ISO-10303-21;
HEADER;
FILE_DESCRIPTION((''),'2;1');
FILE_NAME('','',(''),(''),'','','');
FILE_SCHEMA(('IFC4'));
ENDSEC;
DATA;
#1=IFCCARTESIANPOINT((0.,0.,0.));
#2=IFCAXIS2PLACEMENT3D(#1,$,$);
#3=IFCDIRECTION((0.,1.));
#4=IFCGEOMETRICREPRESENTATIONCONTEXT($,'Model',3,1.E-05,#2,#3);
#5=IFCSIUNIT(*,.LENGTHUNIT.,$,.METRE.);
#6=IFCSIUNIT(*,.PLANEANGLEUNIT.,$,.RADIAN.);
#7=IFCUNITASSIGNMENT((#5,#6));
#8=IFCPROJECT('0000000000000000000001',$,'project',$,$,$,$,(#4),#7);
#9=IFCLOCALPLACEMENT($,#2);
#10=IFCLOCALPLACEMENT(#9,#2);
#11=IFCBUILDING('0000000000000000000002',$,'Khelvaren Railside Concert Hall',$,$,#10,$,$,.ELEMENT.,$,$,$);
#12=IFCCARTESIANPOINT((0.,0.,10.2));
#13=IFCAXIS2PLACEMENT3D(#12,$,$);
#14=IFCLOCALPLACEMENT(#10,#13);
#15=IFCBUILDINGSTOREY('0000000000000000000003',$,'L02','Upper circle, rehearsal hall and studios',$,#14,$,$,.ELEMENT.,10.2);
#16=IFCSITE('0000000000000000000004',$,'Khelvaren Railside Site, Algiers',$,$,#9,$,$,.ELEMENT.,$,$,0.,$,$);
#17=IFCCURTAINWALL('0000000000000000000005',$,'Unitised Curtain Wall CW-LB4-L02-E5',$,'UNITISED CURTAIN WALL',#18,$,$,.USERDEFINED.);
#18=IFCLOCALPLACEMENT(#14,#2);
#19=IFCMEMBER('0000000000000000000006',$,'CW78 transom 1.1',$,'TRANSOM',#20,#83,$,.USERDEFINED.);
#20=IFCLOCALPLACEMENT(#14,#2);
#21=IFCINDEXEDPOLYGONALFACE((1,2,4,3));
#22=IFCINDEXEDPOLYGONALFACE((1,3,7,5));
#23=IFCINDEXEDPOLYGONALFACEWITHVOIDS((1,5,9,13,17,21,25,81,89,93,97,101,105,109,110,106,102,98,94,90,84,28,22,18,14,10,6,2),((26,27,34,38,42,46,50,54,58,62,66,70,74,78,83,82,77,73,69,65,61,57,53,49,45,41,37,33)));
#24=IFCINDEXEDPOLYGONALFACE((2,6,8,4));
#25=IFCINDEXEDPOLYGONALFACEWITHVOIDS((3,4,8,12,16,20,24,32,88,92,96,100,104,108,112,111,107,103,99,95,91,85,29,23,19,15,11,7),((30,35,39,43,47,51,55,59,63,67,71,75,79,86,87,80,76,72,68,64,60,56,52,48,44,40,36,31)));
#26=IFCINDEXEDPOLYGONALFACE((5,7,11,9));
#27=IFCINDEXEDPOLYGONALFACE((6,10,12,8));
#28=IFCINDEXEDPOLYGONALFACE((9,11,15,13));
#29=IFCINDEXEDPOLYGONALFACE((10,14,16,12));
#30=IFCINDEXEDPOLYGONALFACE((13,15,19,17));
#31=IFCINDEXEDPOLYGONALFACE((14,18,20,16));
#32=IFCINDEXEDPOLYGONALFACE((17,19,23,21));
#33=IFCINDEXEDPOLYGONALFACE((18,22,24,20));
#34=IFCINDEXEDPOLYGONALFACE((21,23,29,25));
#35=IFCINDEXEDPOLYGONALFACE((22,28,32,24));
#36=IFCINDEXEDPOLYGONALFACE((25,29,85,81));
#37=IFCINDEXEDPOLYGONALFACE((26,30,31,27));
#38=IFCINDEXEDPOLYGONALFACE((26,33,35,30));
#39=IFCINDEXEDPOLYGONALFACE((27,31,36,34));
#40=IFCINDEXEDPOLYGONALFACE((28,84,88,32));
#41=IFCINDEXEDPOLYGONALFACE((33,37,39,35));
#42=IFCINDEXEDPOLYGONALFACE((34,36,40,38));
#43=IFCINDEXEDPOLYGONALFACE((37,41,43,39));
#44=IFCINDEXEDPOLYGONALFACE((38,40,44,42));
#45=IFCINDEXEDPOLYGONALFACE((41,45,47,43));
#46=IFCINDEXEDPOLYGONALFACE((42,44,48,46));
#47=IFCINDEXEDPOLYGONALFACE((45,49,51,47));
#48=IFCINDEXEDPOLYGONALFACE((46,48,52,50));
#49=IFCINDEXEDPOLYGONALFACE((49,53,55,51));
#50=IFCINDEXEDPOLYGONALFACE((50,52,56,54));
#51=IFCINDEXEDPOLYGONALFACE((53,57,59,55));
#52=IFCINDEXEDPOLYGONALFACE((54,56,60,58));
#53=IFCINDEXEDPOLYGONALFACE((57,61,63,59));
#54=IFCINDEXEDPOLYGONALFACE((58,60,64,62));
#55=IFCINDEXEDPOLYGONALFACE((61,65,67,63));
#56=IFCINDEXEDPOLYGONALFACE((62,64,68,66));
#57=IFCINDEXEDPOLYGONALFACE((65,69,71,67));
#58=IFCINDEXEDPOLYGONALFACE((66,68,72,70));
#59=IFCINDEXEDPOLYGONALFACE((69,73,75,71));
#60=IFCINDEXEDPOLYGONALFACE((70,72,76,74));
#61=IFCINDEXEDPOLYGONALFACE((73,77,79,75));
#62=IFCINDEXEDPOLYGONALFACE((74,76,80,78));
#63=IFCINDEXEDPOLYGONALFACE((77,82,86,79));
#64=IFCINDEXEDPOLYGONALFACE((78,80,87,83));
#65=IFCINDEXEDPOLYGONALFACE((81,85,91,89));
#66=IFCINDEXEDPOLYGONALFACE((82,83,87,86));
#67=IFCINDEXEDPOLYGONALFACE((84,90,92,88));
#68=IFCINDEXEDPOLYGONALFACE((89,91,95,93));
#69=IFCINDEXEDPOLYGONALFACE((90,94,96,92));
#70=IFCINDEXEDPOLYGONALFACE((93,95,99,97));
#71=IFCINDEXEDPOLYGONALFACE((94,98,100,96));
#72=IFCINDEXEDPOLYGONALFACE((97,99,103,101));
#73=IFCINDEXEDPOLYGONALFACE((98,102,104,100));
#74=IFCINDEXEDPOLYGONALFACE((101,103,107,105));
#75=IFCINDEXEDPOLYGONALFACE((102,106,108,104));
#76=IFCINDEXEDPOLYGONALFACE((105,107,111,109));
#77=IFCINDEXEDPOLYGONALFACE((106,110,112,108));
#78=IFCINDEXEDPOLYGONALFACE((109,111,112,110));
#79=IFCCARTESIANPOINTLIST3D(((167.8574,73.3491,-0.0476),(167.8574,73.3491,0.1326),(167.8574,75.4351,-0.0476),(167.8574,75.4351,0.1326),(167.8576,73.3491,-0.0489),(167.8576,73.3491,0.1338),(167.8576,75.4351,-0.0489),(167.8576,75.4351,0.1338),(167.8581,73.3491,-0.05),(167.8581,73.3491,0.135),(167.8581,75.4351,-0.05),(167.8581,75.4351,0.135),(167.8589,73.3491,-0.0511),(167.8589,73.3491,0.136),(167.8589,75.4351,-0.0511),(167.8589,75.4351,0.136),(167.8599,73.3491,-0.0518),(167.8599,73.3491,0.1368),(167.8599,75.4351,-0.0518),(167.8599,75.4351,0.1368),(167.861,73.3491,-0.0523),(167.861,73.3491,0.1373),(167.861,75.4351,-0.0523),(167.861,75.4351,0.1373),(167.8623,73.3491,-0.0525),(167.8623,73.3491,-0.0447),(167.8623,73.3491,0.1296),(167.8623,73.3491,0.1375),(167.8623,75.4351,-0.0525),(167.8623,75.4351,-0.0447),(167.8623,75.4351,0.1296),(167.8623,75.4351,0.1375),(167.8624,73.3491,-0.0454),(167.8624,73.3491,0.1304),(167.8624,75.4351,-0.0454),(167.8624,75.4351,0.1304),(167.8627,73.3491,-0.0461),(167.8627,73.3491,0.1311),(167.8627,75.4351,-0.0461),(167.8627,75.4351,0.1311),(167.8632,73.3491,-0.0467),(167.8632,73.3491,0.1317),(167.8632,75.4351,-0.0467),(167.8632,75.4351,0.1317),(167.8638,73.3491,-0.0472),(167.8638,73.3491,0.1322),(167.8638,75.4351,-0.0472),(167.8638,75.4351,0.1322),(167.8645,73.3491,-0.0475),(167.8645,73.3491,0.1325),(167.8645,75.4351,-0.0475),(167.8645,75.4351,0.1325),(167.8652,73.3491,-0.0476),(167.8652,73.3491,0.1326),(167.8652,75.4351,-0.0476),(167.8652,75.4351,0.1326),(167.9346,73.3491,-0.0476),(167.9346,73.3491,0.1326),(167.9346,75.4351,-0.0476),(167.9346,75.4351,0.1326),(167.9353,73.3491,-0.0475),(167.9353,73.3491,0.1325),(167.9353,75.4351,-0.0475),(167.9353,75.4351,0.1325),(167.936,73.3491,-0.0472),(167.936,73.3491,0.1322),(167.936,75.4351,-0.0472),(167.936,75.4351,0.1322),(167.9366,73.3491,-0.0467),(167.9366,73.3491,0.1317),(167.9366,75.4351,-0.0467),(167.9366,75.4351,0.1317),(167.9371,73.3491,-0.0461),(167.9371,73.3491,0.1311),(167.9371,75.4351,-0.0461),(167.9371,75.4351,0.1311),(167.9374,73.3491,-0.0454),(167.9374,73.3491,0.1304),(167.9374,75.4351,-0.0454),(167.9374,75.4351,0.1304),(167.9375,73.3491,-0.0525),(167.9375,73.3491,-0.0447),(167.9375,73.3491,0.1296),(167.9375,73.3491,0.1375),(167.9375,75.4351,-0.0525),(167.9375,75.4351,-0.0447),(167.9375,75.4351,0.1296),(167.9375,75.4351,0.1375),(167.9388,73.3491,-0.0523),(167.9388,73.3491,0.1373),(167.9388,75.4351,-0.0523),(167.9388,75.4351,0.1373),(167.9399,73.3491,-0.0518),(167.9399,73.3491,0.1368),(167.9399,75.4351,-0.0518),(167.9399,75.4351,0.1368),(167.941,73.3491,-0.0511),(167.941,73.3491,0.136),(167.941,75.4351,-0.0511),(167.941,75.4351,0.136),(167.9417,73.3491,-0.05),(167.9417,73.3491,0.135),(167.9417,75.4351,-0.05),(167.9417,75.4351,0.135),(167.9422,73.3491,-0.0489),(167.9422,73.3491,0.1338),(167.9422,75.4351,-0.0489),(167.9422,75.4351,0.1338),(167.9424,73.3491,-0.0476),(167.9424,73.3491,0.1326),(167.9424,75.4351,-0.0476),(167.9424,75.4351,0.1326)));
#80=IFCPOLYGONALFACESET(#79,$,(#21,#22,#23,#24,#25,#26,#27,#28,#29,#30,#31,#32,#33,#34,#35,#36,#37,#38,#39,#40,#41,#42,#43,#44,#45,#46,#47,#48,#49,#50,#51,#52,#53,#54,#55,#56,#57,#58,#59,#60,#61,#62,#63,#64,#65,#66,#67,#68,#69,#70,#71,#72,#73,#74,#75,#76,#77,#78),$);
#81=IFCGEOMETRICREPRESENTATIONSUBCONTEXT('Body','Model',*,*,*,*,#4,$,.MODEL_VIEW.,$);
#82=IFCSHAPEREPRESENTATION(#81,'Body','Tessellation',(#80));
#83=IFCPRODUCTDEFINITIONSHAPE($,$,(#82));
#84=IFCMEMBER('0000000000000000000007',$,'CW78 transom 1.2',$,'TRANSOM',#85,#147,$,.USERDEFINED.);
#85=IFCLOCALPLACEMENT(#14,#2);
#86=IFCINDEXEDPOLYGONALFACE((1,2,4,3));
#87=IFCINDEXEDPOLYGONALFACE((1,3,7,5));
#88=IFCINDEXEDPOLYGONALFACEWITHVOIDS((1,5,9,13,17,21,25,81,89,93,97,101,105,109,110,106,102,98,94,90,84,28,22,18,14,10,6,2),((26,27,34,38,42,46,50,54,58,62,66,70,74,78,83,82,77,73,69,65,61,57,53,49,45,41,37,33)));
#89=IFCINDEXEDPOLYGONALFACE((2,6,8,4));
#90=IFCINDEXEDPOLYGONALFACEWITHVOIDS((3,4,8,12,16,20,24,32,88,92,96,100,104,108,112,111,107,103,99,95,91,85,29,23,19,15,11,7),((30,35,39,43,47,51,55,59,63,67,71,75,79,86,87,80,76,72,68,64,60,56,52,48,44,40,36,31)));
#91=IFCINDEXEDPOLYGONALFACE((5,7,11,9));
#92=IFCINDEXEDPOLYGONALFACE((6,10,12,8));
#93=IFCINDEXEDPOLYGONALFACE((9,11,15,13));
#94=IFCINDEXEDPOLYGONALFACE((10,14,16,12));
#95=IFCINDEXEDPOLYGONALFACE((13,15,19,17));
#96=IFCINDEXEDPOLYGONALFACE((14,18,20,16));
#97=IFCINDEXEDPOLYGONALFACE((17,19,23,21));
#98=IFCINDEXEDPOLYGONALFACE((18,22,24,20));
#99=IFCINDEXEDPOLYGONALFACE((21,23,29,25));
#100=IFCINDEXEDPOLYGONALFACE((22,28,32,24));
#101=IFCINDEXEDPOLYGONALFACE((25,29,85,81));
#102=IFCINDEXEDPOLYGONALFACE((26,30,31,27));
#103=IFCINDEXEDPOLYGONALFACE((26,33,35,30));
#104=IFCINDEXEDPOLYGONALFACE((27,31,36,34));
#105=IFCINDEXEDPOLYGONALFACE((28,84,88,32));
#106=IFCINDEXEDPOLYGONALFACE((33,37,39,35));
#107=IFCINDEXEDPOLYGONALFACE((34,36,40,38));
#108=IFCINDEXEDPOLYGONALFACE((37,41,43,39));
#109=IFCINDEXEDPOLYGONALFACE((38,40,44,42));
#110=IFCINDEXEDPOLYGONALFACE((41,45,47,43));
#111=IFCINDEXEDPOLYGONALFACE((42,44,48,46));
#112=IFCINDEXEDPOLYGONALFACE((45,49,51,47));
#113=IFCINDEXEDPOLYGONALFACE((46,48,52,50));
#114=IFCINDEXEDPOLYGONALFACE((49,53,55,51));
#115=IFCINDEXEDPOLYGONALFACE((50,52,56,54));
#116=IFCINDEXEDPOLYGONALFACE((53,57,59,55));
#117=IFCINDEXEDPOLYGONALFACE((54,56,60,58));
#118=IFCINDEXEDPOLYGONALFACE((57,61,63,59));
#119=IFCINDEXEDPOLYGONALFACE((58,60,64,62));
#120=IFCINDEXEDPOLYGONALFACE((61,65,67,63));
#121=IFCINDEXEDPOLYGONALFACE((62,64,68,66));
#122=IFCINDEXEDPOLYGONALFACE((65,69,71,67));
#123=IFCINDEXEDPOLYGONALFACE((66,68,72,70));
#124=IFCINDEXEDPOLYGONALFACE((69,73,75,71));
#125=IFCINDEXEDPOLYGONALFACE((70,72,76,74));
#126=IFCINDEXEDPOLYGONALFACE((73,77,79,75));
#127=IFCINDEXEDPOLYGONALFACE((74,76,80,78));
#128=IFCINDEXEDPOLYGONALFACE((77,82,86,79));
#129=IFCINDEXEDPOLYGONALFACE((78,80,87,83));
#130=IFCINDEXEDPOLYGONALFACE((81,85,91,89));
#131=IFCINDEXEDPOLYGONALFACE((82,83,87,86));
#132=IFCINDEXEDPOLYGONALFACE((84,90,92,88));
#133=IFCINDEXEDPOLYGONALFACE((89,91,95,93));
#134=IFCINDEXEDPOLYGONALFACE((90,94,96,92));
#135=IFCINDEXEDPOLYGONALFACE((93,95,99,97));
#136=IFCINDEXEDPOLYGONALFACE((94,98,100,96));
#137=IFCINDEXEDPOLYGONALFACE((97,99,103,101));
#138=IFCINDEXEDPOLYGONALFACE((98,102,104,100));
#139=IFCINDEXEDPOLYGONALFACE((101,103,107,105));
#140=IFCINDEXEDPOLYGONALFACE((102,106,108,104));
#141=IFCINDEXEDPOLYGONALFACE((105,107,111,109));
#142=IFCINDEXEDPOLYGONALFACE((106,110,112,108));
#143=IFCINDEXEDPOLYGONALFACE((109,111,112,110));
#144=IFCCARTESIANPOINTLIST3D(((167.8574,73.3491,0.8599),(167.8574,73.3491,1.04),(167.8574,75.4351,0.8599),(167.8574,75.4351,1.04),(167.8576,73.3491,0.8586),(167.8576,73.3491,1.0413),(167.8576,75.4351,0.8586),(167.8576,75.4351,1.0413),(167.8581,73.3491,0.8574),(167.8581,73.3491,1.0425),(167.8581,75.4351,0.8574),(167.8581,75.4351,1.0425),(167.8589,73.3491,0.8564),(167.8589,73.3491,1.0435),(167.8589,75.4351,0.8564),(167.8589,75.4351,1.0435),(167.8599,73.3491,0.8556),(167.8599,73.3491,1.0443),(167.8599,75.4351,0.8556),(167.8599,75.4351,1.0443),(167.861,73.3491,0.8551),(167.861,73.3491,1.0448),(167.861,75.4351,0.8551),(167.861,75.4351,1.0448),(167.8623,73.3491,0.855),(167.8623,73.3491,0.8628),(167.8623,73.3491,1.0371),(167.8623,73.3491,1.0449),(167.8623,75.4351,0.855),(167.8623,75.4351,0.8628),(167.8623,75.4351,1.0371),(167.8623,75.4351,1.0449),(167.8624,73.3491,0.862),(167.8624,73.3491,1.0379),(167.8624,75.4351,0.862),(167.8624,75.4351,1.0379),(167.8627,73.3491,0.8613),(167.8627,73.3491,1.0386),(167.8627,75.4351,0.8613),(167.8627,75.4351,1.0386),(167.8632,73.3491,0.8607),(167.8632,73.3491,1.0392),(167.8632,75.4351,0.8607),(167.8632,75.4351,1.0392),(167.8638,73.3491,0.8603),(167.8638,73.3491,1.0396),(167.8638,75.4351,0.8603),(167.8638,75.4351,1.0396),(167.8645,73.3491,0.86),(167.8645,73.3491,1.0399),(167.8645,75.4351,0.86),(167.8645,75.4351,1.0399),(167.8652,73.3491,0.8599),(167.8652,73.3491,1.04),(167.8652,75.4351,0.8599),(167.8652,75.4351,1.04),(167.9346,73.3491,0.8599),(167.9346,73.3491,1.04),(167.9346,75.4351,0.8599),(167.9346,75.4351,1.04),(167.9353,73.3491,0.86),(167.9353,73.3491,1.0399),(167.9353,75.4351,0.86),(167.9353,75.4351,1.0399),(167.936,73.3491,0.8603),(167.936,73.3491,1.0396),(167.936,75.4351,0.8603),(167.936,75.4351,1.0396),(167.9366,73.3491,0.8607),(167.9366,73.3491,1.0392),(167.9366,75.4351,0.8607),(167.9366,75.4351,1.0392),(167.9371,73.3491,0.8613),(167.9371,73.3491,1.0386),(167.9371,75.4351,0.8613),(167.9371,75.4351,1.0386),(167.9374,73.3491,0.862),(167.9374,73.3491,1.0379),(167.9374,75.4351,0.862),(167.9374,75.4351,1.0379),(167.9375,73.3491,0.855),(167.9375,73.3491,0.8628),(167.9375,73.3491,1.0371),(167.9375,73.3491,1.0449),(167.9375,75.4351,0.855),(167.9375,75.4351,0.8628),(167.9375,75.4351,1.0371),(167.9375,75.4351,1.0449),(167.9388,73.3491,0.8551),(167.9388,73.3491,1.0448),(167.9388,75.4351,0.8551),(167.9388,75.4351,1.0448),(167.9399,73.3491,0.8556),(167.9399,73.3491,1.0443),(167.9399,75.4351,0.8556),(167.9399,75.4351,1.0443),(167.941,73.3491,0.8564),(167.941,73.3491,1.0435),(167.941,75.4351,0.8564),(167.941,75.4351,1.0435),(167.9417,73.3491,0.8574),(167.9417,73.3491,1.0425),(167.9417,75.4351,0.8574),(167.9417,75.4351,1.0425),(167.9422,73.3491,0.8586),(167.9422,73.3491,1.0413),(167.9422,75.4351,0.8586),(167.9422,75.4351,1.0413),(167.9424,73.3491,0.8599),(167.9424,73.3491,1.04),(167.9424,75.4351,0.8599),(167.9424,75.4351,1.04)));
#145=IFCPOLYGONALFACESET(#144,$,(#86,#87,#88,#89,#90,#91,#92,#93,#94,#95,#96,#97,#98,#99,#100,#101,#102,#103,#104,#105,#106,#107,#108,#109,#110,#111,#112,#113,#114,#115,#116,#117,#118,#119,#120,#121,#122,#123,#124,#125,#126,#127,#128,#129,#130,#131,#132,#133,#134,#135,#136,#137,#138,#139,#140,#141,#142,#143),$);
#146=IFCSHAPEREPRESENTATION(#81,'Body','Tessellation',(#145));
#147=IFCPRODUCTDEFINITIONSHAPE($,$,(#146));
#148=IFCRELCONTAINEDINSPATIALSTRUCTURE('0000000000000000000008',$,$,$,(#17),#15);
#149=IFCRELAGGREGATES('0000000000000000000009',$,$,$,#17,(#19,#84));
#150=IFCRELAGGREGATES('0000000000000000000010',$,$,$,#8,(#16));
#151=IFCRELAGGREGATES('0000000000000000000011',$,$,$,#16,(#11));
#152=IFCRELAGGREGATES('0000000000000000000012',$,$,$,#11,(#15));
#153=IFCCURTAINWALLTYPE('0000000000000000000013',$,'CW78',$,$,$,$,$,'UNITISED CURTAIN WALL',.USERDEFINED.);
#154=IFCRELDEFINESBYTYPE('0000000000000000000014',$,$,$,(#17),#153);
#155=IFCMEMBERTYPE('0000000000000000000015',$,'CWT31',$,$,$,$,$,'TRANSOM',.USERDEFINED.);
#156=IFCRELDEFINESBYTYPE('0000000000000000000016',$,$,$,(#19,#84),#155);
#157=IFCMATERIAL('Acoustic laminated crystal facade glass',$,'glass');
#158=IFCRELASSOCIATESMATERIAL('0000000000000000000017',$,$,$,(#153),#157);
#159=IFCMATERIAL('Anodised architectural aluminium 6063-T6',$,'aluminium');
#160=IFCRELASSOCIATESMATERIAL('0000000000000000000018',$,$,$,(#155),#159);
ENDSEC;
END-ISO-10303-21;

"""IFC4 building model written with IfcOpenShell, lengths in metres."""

from ifc_helpers import new_model, si_unit, direction, frame, origin, origin_2d, place, context, subcontext, project, spatial, hollow_rectangle, extrude, material, material_profile, profile_set, type_object, element, aggregate, save


model = new_model("IFC4")

# Units and contexts
model_context = context("Model", 3, precision=1e-05, world=origin(), true_north=direction((0.0, 1.0)))
body_context = subcontext(model_context, "Body", "Model", "MODEL_VIEW")
ifc_project = project(units=[si_unit("LENGTHUNIT", "METRE"), si_unit("PLANEANGLEUNIT", "RADIAN")], contexts=[model_context])

# Site, building, storey
site_placement = place(None, origin())
site = spatial("IfcSite", under=ifc_project, at=site_placement, Name="Khelvaren Railside Site, Algiers", CompositionType="ELEMENT", RefElevation=0.0)
building_placement = place(site_placement, origin())
building = spatial("IfcBuilding", under=site, at=building_placement, Name="Khelvaren Railside Concert Hall", CompositionType="ELEMENT")
storey_placement = place(building_placement, frame((0.0, 0.0, 10.2)))
storey = spatial("IfcBuildingStorey", under=building, at=storey_placement, Name="L02", Description="Upper circle, rehearsal hall and studios", CompositionType="ELEMENT", Elevation=10.2)

# Curtain wall
ifc_material_1 = material(Name="Acoustic laminated crystal facade glass", Category="glass")
curtain_wall_type = type_object("IfcCurtainWallType", Name="CW78", ElementType="UNITISED CURTAIN WALL", PredefinedType="USERDEFINED", material=ifc_material_1)
curtain_wall_1_placement = place(storey_placement, origin())
curtain_wall_1 = element("IfcCurtainWall", 1, at=curtain_wall_1_placement, inside=storey, type_object=curtain_wall_type, Name="Unitised Curtain Wall CW-LB4-L02-E5", ObjectType="UNITISED CURTAIN WALL", PredefinedType="USERDEFINED")
ifc_material_2 = material(Name="Anodised architectural aluminium 6063-T6", Category="aluminium")

# Members
ifc_material_profile_1 = material_profile(ifc_material_2, hollow_rectangle(XDim=0.085, YDim=0.1899, WallThickness=0.0049, InnerFilletRadius=0.0029, OuterFilletRadius=0.0049, at=origin_2d()), Name="CWT 85x190x5")
ifc_profile_set_1 = profile_set([ifc_material_profile_1], Name="Anodised architectural aluminium 6063-T6")
member_type_1 = type_object("IfcMemberType", Name="CWT31", ElementType="TRANSOM", PredefinedType="USERDEFINED", material=ifc_profile_set_1)
member_1_placement = place(storey_placement, frame((167.8999, 75.4351, 0.0425), z_axis=(0.0, -1.0, 0.0), x_axis=(1.0, 0.0, 0.0)))
member_1 = element("IfcMember", 2, at=member_1_placement, type_object=member_type_1, Name="CW78 transom 1.1", ObjectType="TRANSOM", PredefinedType="USERDEFINED", context=body_context, shape_type="SweptSolid", body=[
    extrude(hollow_rectangle(XDim=0.085, YDim=0.1899, WallThickness=0.0049, InnerFilletRadius=0.0029, OuterFilletRadius=0.0049, at=origin_2d()), origin(), (0.0, 0.0, 1.0), 2.0859),
])
member_2_placement = place(storey_placement, frame((167.8999, 75.4351, 0.95), z_axis=(0.0, -1.0, 0.0), x_axis=(1.0, 0.0, 0.0)))
member_2 = element("IfcMember", 3, at=member_2_placement, type_object=member_type_1, Name="CW78 transom 1.2", ObjectType="TRANSOM", PredefinedType="USERDEFINED", context=body_context, shape_type="SweptSolid", body=[
    extrude(hollow_rectangle(XDim=0.085, YDim=0.1899, WallThickness=0.0049, InnerFilletRadius=0.0029, OuterFilletRadius=0.0049, at=origin_2d()), origin(), (0.0, 0.0, 1.0), 2.0859),
])

aggregate(curtain_wall_1, [member_1, member_2])

save(model, "model.ifc")
